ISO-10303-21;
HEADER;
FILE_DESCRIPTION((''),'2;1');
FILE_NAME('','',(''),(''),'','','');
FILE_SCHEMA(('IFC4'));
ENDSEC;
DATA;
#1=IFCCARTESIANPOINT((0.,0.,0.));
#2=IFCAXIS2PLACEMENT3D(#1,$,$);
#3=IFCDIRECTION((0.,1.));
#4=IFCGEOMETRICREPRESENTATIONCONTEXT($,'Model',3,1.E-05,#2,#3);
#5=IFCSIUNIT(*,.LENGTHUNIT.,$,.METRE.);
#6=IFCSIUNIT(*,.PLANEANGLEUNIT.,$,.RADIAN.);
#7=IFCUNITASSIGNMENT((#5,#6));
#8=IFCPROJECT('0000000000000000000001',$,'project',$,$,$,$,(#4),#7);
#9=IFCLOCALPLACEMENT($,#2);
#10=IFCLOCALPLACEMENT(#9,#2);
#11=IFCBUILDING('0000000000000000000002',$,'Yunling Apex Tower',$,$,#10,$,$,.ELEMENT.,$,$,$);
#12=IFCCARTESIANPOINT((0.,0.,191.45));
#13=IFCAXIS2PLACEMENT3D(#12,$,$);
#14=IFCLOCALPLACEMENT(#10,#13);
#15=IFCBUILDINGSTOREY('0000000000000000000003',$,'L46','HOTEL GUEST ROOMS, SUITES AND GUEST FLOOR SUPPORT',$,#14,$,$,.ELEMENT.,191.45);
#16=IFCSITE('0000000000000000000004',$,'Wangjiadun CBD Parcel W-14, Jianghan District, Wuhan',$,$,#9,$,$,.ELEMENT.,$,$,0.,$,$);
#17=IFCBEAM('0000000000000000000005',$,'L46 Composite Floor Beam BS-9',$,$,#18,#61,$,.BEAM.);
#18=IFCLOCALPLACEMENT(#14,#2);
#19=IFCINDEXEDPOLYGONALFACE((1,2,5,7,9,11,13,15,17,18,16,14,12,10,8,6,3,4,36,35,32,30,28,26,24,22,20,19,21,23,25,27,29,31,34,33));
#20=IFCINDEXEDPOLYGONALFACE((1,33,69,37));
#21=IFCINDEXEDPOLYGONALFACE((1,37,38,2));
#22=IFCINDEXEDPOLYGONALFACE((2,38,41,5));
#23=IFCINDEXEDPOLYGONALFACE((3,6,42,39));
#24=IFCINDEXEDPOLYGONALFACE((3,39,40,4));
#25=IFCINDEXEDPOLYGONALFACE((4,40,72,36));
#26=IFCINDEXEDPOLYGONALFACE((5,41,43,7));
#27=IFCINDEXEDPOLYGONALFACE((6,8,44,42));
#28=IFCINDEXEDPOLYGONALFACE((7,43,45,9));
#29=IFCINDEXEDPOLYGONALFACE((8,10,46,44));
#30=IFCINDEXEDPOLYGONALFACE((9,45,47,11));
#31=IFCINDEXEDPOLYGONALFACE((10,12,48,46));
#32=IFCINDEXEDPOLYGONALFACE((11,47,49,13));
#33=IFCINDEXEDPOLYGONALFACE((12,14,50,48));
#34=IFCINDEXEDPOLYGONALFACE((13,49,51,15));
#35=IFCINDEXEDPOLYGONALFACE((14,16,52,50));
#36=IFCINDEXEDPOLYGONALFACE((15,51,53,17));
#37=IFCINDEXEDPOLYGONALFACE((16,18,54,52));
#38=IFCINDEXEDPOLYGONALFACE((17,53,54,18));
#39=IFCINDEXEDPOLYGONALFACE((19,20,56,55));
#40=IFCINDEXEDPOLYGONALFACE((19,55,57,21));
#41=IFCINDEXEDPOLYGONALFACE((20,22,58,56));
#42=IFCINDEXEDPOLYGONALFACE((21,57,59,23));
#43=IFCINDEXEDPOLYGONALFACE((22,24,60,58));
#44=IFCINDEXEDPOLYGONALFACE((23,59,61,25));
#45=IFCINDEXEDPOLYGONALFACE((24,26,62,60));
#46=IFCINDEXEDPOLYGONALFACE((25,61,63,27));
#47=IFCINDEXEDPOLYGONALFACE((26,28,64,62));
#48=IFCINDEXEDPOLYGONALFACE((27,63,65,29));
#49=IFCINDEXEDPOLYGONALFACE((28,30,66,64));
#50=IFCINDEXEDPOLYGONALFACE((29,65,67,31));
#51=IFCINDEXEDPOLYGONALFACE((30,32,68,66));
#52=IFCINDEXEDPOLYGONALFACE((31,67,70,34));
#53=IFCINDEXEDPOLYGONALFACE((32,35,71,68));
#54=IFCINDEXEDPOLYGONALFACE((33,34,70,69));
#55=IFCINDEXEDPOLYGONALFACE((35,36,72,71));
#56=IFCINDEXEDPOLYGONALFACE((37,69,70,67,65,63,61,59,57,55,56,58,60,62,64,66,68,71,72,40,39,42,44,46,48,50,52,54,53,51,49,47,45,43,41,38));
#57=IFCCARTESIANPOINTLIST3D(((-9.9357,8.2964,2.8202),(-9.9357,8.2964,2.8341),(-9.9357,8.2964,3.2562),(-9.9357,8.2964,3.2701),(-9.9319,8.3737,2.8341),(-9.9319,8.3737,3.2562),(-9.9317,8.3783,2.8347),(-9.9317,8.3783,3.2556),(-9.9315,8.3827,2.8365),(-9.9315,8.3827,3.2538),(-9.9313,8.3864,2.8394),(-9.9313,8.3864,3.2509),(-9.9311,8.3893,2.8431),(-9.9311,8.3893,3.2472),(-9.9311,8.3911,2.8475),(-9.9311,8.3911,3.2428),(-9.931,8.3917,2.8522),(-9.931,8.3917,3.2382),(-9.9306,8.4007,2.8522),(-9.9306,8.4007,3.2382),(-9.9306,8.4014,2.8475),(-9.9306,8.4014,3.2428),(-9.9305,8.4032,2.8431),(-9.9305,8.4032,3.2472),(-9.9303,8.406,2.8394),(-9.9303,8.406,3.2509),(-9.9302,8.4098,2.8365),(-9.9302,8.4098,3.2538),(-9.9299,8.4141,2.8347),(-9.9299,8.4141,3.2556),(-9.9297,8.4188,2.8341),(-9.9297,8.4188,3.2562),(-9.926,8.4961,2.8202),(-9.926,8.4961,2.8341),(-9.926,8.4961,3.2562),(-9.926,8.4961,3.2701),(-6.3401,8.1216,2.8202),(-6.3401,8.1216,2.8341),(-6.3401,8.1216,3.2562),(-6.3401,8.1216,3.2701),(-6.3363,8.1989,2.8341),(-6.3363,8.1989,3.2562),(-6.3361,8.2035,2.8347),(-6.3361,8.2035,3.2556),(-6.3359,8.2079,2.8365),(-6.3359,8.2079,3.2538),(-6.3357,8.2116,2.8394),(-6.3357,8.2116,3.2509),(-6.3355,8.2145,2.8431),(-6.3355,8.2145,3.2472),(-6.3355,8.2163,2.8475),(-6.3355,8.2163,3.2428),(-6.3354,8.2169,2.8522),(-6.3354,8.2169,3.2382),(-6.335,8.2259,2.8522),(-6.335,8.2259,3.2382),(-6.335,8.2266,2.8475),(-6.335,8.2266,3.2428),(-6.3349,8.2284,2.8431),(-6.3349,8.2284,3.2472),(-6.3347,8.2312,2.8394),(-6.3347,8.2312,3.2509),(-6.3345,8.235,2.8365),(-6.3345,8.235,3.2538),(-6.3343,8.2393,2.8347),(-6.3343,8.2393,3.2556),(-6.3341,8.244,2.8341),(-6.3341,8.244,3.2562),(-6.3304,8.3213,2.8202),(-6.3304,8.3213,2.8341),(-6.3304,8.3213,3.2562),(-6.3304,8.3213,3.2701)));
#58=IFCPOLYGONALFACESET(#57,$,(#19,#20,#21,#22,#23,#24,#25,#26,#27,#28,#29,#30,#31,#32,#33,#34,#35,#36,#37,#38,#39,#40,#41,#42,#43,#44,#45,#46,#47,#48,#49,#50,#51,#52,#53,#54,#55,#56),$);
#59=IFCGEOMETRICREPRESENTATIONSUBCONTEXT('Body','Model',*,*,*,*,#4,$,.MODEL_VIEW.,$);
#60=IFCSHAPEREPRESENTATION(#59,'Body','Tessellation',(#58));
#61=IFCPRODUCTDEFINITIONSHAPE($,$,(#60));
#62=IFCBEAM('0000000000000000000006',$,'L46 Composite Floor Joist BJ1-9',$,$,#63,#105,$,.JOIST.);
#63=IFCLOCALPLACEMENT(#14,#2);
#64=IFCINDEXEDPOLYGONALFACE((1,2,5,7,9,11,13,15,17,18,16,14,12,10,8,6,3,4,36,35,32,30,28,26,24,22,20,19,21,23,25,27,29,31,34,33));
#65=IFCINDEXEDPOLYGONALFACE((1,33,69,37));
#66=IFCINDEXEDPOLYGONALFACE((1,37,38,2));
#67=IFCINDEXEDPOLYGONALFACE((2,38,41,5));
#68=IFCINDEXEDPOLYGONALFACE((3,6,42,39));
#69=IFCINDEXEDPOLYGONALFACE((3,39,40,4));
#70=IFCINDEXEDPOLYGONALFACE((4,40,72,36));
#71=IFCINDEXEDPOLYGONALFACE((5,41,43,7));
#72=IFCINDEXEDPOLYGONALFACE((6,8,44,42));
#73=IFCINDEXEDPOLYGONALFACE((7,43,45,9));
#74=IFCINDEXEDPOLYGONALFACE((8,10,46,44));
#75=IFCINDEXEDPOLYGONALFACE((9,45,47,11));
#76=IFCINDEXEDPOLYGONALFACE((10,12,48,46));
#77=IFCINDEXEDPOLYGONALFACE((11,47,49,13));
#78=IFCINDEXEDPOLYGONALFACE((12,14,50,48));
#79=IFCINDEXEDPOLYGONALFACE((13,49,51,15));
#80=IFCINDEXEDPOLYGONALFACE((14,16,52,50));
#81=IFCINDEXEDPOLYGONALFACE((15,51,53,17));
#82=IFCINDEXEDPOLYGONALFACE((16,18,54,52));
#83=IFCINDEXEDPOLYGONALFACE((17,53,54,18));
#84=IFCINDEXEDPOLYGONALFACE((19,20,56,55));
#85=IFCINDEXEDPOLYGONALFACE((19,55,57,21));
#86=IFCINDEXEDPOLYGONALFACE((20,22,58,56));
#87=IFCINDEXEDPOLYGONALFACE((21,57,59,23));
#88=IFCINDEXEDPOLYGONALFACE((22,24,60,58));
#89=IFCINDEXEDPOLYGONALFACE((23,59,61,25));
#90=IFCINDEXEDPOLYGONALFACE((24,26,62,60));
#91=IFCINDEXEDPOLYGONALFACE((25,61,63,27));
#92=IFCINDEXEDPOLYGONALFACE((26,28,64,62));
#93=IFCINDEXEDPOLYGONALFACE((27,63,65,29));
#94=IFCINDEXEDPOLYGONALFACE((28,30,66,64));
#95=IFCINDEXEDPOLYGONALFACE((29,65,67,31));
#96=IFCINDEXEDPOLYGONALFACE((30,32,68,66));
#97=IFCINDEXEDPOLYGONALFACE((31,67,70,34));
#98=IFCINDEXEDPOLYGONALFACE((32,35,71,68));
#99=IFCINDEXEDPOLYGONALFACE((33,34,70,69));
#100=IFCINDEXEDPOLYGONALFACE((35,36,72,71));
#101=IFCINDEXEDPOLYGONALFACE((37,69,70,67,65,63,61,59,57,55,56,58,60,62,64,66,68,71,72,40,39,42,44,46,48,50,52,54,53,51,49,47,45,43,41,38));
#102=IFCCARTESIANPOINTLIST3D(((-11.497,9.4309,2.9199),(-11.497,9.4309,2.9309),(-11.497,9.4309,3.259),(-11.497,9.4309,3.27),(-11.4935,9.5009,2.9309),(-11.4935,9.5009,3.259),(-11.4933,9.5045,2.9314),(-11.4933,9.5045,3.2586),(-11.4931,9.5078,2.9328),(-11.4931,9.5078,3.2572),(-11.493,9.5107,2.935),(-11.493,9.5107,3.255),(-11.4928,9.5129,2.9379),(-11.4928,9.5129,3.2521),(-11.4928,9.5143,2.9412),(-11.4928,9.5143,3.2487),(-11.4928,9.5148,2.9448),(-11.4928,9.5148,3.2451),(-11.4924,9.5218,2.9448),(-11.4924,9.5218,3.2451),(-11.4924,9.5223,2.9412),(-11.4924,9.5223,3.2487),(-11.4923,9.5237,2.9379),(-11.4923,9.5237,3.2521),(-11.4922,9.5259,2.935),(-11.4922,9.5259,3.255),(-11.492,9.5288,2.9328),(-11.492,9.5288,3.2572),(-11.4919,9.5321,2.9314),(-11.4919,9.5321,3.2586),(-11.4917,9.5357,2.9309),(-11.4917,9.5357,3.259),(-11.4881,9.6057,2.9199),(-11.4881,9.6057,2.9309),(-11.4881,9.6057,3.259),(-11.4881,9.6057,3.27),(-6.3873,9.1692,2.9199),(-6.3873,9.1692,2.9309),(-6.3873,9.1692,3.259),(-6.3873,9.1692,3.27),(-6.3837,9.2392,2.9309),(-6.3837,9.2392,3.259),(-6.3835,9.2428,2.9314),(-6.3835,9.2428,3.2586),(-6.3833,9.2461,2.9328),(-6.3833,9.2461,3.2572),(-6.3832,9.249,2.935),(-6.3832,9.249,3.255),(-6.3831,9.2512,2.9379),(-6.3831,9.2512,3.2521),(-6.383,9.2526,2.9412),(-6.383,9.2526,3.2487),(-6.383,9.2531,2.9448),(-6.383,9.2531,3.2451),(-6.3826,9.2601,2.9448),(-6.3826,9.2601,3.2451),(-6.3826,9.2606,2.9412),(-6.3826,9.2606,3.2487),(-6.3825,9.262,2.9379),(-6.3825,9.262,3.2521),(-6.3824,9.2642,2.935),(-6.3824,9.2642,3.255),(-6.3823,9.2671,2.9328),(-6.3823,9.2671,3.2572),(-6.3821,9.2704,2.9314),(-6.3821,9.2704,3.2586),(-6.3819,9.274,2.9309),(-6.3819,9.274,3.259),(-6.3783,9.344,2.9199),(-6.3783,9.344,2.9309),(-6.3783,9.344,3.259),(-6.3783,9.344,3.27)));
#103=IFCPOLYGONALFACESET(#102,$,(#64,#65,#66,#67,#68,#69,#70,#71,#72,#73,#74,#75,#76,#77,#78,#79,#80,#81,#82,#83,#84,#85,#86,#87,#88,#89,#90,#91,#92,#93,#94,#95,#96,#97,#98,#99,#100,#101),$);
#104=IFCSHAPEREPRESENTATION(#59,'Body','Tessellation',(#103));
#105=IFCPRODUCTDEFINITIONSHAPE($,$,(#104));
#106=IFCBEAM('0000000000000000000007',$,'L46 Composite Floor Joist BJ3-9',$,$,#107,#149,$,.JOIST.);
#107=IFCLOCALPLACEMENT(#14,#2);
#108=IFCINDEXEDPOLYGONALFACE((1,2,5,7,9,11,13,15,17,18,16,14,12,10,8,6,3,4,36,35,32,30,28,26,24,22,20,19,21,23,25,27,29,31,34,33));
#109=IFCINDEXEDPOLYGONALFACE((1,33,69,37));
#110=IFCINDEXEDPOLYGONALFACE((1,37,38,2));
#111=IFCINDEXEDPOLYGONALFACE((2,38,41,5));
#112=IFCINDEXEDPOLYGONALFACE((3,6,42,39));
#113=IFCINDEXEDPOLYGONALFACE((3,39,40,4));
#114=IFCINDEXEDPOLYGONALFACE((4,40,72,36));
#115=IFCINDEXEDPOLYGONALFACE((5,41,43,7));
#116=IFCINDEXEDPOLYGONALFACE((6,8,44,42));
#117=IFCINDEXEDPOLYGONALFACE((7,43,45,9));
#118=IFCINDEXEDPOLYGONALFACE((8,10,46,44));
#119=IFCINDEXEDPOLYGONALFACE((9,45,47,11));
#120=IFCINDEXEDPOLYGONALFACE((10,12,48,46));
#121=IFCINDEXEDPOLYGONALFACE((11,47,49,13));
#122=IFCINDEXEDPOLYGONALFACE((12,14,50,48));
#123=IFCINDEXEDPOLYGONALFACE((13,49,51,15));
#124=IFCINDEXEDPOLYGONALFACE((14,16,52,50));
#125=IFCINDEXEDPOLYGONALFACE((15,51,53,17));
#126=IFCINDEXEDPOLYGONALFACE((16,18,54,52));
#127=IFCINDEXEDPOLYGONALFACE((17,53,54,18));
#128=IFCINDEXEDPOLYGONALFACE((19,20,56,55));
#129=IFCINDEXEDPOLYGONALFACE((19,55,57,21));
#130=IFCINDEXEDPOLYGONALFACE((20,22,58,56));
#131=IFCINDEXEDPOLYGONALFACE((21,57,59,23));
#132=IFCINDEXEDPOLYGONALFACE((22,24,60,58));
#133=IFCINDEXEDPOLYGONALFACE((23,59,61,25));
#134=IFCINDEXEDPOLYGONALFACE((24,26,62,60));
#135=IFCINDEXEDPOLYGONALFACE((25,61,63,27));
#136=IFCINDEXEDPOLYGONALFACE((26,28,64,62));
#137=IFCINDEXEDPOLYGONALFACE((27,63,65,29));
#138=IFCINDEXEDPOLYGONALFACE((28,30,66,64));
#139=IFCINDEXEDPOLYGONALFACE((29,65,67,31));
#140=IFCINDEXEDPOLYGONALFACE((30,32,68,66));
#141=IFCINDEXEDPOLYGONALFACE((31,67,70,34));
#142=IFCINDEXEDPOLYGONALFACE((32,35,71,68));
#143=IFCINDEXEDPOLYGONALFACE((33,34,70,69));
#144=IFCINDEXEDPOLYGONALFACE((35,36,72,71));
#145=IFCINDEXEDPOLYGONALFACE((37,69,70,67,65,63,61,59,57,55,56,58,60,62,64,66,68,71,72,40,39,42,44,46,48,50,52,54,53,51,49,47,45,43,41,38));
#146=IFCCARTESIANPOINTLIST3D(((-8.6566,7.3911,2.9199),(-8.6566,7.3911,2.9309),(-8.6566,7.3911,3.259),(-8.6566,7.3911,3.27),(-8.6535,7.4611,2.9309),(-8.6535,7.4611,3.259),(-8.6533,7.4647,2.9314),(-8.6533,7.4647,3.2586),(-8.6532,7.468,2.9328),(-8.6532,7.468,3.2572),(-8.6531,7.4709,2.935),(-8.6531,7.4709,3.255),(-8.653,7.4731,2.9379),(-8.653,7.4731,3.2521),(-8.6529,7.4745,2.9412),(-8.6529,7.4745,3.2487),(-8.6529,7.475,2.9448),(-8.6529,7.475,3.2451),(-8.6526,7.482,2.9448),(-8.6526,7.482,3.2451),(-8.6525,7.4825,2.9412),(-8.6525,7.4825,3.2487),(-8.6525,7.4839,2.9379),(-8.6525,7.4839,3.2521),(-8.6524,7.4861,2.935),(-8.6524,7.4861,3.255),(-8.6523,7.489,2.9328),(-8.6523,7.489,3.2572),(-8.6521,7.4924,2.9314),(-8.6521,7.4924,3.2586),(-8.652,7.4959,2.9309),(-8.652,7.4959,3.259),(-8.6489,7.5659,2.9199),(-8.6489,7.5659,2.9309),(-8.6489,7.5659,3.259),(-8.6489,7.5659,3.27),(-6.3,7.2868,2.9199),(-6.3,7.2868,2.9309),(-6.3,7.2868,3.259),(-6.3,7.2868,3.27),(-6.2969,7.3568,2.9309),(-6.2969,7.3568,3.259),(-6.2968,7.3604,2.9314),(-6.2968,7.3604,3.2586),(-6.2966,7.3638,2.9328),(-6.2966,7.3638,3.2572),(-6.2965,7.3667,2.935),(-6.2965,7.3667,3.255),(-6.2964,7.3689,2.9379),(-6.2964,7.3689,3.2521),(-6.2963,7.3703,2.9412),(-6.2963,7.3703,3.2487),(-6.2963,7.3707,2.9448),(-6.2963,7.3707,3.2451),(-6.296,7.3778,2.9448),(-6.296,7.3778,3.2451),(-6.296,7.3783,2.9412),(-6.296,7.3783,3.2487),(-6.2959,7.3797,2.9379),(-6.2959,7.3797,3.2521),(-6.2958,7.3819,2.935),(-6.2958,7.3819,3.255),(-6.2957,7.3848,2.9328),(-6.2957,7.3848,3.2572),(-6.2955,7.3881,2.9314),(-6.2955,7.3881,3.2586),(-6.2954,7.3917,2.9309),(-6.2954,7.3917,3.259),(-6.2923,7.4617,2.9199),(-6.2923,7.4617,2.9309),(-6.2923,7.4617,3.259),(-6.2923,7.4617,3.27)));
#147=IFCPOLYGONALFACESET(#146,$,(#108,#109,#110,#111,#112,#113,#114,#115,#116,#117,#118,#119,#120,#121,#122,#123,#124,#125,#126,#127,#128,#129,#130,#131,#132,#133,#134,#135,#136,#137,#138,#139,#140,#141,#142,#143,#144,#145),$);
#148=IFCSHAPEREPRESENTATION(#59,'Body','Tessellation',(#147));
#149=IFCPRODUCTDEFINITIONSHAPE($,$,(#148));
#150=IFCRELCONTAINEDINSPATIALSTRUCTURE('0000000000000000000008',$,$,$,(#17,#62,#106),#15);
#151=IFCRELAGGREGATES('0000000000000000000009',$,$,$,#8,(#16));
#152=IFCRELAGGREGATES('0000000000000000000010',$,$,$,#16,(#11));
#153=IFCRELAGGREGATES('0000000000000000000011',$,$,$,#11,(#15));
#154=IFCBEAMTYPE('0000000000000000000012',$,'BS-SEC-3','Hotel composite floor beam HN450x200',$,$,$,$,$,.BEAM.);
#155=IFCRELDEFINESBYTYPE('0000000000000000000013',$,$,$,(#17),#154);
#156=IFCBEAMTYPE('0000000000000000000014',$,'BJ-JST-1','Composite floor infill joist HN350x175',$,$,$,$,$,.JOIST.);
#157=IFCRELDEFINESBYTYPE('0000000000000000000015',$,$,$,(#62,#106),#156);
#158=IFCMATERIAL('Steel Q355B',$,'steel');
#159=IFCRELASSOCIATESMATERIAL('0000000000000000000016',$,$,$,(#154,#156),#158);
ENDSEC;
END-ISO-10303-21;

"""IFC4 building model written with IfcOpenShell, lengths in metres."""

from ifc_helpers import new_model, si_unit, direction, frame, origin, origin_2d, place, context, subcontext, project, spatial, i_section, extrude, source, transform, mapped, material, material_profile, profile_set, type_object, element, save


model = new_model("IFC4")

# Units and contexts
model_context = context("Model", 3, precision=1e-05, world=origin(), true_north=direction((0.0, 1.0)))
body_context = subcontext(model_context, "Body", "Model", "MODEL_VIEW")
ifc_project = project(units=[si_unit("LENGTHUNIT", "METRE"), si_unit("PLANEANGLEUNIT", "RADIAN")], contexts=[model_context])

# Site, building, storey
site_placement = place(None, origin())
site = spatial("IfcSite", under=ifc_project, at=site_placement, Name="Wangjiadun CBD Parcel W-14, Jianghan District, Wuhan", CompositionType="ELEMENT", RefElevation=0.0)
building_placement = place(site_placement, origin())
building = spatial("IfcBuilding", under=site, at=building_placement, Name="Yunling Apex Tower", CompositionType="ELEMENT")
storey_placement = place(building_placement, frame((0.0, 0.0, 191.45)))
storey = spatial("IfcBuildingStorey", under=building, at=storey_placement, Name="L46", Description="HOTEL GUEST ROOMS, SUITES AND GUEST FLOOR SUPPORT", CompositionType="ELEMENT", Elevation=191.45)

# Beams
ifc_material_1 = material(Name="Steel Q355B", Category="steel")
ifc_material_profile_1 = material_profile(ifc_material_1, i_section(OverallWidth=0.2, OverallDepth=0.45, WebThickness=0.009, FlangeThickness=0.0139, FilletRadius=0.0181, at=origin_2d()))
ifc_profile_set_1 = profile_set([ifc_material_profile_1], Name="Steel Q355B")
beam_type_1 = type_object("IfcBeamType", Name="BS-SEC-3", Description="Hotel composite floor beam HN450x200", PredefinedType="BEAM", material=ifc_profile_set_1)
shared_shape_1 = source(origin(), body_context, "Body", "SweptSolid", [
    extrude(i_section(OverallWidth=0.2, OverallDepth=0.45, WebThickness=0.009, FlangeThickness=0.0139, FilletRadius=0.0181, at=origin_2d()), origin(), (0.0, 0.0, 1.0), 3.5999),
])
beam_1_placement = place(storey_placement, frame((-6.3352, 8.2214, 3.0452), z_axis=(-0.99882, 0.048558, 0.0), x_axis=(-0.048558, -0.99882, 0.0)))
element("IfcBeam", 1, at=beam_1_placement, inside=storey, type_object=beam_type_1, Name="L46 Composite Floor Beam BS-9", PredefinedType="BEAM", context=body_context, shape_type="MappedRepresentation", body=[
    mapped(shared_shape_1, transform((0.0, 0.0, 0.0), scale=1.0)),
])
ifc_material_profile_2 = material_profile(ifc_material_1, i_section(OverallWidth=0.175, OverallDepth=0.3501, WebThickness=0.0071, FlangeThickness=0.011, FilletRadius=0.0139, at=origin_2d()))
ifc_profile_set_2 = profile_set([ifc_material_profile_2], Name="Steel Q355B")
beam_type_2 = type_object("IfcBeamType", Name="BJ-JST-1", Description="Composite floor infill joist HN350x175", PredefinedType="JOIST", material=ifc_profile_set_2)
shared_shape_2 = source(origin(), body_context, "Body", "SweptSolid", [
    extrude(i_section(OverallWidth=0.175, OverallDepth=0.3501, WebThickness=0.0071, FlangeThickness=0.011, FilletRadius=0.0139, at=origin_2d()), origin(), (0.0, 0.0, 1.0), 5.1165),
])
beam_2_placement = place(storey_placement, frame((-6.3828, 9.2566, 3.095), z_axis=(-0.998691, 0.051151, 0.0), x_axis=(-0.051151, -0.998691, 0.0)))
element("IfcBeam", 2, at=beam_2_placement, inside=storey, type_object=beam_type_2, Name="L46 Composite Floor Joist BJ1-9", PredefinedType="JOIST", context=body_context, shape_type="MappedRepresentation", body=[
    mapped(shared_shape_2, transform((0.0, 0.0, 0.0), scale=1.0)),
])
shared_shape_3 = source(origin(), body_context, "Body", "SweptSolid", [
    extrude(i_section(OverallWidth=0.175, OverallDepth=0.3501, WebThickness=0.0071, FlangeThickness=0.011, FilletRadius=0.0139, at=origin_2d()), origin(), (0.0, 0.0, 1.0), 2.3589),
])
beam_3_placement = place(storey_placement, frame((-6.2961, 7.3743, 3.095), z_axis=(-0.999023, 0.044192, 0.0), x_axis=(-0.044192, -0.999023, 0.0)))
element("IfcBeam", 3, at=beam_3_placement, inside=storey, type_object=beam_type_2, Name="L46 Composite Floor Joist BJ3-9", PredefinedType="JOIST", context=body_context, shape_type="MappedRepresentation", body=[
    mapped(shared_shape_3, transform((0.0, 0.0, 0.0), scale=1.0)),
])

save(model, "model.ifc")
